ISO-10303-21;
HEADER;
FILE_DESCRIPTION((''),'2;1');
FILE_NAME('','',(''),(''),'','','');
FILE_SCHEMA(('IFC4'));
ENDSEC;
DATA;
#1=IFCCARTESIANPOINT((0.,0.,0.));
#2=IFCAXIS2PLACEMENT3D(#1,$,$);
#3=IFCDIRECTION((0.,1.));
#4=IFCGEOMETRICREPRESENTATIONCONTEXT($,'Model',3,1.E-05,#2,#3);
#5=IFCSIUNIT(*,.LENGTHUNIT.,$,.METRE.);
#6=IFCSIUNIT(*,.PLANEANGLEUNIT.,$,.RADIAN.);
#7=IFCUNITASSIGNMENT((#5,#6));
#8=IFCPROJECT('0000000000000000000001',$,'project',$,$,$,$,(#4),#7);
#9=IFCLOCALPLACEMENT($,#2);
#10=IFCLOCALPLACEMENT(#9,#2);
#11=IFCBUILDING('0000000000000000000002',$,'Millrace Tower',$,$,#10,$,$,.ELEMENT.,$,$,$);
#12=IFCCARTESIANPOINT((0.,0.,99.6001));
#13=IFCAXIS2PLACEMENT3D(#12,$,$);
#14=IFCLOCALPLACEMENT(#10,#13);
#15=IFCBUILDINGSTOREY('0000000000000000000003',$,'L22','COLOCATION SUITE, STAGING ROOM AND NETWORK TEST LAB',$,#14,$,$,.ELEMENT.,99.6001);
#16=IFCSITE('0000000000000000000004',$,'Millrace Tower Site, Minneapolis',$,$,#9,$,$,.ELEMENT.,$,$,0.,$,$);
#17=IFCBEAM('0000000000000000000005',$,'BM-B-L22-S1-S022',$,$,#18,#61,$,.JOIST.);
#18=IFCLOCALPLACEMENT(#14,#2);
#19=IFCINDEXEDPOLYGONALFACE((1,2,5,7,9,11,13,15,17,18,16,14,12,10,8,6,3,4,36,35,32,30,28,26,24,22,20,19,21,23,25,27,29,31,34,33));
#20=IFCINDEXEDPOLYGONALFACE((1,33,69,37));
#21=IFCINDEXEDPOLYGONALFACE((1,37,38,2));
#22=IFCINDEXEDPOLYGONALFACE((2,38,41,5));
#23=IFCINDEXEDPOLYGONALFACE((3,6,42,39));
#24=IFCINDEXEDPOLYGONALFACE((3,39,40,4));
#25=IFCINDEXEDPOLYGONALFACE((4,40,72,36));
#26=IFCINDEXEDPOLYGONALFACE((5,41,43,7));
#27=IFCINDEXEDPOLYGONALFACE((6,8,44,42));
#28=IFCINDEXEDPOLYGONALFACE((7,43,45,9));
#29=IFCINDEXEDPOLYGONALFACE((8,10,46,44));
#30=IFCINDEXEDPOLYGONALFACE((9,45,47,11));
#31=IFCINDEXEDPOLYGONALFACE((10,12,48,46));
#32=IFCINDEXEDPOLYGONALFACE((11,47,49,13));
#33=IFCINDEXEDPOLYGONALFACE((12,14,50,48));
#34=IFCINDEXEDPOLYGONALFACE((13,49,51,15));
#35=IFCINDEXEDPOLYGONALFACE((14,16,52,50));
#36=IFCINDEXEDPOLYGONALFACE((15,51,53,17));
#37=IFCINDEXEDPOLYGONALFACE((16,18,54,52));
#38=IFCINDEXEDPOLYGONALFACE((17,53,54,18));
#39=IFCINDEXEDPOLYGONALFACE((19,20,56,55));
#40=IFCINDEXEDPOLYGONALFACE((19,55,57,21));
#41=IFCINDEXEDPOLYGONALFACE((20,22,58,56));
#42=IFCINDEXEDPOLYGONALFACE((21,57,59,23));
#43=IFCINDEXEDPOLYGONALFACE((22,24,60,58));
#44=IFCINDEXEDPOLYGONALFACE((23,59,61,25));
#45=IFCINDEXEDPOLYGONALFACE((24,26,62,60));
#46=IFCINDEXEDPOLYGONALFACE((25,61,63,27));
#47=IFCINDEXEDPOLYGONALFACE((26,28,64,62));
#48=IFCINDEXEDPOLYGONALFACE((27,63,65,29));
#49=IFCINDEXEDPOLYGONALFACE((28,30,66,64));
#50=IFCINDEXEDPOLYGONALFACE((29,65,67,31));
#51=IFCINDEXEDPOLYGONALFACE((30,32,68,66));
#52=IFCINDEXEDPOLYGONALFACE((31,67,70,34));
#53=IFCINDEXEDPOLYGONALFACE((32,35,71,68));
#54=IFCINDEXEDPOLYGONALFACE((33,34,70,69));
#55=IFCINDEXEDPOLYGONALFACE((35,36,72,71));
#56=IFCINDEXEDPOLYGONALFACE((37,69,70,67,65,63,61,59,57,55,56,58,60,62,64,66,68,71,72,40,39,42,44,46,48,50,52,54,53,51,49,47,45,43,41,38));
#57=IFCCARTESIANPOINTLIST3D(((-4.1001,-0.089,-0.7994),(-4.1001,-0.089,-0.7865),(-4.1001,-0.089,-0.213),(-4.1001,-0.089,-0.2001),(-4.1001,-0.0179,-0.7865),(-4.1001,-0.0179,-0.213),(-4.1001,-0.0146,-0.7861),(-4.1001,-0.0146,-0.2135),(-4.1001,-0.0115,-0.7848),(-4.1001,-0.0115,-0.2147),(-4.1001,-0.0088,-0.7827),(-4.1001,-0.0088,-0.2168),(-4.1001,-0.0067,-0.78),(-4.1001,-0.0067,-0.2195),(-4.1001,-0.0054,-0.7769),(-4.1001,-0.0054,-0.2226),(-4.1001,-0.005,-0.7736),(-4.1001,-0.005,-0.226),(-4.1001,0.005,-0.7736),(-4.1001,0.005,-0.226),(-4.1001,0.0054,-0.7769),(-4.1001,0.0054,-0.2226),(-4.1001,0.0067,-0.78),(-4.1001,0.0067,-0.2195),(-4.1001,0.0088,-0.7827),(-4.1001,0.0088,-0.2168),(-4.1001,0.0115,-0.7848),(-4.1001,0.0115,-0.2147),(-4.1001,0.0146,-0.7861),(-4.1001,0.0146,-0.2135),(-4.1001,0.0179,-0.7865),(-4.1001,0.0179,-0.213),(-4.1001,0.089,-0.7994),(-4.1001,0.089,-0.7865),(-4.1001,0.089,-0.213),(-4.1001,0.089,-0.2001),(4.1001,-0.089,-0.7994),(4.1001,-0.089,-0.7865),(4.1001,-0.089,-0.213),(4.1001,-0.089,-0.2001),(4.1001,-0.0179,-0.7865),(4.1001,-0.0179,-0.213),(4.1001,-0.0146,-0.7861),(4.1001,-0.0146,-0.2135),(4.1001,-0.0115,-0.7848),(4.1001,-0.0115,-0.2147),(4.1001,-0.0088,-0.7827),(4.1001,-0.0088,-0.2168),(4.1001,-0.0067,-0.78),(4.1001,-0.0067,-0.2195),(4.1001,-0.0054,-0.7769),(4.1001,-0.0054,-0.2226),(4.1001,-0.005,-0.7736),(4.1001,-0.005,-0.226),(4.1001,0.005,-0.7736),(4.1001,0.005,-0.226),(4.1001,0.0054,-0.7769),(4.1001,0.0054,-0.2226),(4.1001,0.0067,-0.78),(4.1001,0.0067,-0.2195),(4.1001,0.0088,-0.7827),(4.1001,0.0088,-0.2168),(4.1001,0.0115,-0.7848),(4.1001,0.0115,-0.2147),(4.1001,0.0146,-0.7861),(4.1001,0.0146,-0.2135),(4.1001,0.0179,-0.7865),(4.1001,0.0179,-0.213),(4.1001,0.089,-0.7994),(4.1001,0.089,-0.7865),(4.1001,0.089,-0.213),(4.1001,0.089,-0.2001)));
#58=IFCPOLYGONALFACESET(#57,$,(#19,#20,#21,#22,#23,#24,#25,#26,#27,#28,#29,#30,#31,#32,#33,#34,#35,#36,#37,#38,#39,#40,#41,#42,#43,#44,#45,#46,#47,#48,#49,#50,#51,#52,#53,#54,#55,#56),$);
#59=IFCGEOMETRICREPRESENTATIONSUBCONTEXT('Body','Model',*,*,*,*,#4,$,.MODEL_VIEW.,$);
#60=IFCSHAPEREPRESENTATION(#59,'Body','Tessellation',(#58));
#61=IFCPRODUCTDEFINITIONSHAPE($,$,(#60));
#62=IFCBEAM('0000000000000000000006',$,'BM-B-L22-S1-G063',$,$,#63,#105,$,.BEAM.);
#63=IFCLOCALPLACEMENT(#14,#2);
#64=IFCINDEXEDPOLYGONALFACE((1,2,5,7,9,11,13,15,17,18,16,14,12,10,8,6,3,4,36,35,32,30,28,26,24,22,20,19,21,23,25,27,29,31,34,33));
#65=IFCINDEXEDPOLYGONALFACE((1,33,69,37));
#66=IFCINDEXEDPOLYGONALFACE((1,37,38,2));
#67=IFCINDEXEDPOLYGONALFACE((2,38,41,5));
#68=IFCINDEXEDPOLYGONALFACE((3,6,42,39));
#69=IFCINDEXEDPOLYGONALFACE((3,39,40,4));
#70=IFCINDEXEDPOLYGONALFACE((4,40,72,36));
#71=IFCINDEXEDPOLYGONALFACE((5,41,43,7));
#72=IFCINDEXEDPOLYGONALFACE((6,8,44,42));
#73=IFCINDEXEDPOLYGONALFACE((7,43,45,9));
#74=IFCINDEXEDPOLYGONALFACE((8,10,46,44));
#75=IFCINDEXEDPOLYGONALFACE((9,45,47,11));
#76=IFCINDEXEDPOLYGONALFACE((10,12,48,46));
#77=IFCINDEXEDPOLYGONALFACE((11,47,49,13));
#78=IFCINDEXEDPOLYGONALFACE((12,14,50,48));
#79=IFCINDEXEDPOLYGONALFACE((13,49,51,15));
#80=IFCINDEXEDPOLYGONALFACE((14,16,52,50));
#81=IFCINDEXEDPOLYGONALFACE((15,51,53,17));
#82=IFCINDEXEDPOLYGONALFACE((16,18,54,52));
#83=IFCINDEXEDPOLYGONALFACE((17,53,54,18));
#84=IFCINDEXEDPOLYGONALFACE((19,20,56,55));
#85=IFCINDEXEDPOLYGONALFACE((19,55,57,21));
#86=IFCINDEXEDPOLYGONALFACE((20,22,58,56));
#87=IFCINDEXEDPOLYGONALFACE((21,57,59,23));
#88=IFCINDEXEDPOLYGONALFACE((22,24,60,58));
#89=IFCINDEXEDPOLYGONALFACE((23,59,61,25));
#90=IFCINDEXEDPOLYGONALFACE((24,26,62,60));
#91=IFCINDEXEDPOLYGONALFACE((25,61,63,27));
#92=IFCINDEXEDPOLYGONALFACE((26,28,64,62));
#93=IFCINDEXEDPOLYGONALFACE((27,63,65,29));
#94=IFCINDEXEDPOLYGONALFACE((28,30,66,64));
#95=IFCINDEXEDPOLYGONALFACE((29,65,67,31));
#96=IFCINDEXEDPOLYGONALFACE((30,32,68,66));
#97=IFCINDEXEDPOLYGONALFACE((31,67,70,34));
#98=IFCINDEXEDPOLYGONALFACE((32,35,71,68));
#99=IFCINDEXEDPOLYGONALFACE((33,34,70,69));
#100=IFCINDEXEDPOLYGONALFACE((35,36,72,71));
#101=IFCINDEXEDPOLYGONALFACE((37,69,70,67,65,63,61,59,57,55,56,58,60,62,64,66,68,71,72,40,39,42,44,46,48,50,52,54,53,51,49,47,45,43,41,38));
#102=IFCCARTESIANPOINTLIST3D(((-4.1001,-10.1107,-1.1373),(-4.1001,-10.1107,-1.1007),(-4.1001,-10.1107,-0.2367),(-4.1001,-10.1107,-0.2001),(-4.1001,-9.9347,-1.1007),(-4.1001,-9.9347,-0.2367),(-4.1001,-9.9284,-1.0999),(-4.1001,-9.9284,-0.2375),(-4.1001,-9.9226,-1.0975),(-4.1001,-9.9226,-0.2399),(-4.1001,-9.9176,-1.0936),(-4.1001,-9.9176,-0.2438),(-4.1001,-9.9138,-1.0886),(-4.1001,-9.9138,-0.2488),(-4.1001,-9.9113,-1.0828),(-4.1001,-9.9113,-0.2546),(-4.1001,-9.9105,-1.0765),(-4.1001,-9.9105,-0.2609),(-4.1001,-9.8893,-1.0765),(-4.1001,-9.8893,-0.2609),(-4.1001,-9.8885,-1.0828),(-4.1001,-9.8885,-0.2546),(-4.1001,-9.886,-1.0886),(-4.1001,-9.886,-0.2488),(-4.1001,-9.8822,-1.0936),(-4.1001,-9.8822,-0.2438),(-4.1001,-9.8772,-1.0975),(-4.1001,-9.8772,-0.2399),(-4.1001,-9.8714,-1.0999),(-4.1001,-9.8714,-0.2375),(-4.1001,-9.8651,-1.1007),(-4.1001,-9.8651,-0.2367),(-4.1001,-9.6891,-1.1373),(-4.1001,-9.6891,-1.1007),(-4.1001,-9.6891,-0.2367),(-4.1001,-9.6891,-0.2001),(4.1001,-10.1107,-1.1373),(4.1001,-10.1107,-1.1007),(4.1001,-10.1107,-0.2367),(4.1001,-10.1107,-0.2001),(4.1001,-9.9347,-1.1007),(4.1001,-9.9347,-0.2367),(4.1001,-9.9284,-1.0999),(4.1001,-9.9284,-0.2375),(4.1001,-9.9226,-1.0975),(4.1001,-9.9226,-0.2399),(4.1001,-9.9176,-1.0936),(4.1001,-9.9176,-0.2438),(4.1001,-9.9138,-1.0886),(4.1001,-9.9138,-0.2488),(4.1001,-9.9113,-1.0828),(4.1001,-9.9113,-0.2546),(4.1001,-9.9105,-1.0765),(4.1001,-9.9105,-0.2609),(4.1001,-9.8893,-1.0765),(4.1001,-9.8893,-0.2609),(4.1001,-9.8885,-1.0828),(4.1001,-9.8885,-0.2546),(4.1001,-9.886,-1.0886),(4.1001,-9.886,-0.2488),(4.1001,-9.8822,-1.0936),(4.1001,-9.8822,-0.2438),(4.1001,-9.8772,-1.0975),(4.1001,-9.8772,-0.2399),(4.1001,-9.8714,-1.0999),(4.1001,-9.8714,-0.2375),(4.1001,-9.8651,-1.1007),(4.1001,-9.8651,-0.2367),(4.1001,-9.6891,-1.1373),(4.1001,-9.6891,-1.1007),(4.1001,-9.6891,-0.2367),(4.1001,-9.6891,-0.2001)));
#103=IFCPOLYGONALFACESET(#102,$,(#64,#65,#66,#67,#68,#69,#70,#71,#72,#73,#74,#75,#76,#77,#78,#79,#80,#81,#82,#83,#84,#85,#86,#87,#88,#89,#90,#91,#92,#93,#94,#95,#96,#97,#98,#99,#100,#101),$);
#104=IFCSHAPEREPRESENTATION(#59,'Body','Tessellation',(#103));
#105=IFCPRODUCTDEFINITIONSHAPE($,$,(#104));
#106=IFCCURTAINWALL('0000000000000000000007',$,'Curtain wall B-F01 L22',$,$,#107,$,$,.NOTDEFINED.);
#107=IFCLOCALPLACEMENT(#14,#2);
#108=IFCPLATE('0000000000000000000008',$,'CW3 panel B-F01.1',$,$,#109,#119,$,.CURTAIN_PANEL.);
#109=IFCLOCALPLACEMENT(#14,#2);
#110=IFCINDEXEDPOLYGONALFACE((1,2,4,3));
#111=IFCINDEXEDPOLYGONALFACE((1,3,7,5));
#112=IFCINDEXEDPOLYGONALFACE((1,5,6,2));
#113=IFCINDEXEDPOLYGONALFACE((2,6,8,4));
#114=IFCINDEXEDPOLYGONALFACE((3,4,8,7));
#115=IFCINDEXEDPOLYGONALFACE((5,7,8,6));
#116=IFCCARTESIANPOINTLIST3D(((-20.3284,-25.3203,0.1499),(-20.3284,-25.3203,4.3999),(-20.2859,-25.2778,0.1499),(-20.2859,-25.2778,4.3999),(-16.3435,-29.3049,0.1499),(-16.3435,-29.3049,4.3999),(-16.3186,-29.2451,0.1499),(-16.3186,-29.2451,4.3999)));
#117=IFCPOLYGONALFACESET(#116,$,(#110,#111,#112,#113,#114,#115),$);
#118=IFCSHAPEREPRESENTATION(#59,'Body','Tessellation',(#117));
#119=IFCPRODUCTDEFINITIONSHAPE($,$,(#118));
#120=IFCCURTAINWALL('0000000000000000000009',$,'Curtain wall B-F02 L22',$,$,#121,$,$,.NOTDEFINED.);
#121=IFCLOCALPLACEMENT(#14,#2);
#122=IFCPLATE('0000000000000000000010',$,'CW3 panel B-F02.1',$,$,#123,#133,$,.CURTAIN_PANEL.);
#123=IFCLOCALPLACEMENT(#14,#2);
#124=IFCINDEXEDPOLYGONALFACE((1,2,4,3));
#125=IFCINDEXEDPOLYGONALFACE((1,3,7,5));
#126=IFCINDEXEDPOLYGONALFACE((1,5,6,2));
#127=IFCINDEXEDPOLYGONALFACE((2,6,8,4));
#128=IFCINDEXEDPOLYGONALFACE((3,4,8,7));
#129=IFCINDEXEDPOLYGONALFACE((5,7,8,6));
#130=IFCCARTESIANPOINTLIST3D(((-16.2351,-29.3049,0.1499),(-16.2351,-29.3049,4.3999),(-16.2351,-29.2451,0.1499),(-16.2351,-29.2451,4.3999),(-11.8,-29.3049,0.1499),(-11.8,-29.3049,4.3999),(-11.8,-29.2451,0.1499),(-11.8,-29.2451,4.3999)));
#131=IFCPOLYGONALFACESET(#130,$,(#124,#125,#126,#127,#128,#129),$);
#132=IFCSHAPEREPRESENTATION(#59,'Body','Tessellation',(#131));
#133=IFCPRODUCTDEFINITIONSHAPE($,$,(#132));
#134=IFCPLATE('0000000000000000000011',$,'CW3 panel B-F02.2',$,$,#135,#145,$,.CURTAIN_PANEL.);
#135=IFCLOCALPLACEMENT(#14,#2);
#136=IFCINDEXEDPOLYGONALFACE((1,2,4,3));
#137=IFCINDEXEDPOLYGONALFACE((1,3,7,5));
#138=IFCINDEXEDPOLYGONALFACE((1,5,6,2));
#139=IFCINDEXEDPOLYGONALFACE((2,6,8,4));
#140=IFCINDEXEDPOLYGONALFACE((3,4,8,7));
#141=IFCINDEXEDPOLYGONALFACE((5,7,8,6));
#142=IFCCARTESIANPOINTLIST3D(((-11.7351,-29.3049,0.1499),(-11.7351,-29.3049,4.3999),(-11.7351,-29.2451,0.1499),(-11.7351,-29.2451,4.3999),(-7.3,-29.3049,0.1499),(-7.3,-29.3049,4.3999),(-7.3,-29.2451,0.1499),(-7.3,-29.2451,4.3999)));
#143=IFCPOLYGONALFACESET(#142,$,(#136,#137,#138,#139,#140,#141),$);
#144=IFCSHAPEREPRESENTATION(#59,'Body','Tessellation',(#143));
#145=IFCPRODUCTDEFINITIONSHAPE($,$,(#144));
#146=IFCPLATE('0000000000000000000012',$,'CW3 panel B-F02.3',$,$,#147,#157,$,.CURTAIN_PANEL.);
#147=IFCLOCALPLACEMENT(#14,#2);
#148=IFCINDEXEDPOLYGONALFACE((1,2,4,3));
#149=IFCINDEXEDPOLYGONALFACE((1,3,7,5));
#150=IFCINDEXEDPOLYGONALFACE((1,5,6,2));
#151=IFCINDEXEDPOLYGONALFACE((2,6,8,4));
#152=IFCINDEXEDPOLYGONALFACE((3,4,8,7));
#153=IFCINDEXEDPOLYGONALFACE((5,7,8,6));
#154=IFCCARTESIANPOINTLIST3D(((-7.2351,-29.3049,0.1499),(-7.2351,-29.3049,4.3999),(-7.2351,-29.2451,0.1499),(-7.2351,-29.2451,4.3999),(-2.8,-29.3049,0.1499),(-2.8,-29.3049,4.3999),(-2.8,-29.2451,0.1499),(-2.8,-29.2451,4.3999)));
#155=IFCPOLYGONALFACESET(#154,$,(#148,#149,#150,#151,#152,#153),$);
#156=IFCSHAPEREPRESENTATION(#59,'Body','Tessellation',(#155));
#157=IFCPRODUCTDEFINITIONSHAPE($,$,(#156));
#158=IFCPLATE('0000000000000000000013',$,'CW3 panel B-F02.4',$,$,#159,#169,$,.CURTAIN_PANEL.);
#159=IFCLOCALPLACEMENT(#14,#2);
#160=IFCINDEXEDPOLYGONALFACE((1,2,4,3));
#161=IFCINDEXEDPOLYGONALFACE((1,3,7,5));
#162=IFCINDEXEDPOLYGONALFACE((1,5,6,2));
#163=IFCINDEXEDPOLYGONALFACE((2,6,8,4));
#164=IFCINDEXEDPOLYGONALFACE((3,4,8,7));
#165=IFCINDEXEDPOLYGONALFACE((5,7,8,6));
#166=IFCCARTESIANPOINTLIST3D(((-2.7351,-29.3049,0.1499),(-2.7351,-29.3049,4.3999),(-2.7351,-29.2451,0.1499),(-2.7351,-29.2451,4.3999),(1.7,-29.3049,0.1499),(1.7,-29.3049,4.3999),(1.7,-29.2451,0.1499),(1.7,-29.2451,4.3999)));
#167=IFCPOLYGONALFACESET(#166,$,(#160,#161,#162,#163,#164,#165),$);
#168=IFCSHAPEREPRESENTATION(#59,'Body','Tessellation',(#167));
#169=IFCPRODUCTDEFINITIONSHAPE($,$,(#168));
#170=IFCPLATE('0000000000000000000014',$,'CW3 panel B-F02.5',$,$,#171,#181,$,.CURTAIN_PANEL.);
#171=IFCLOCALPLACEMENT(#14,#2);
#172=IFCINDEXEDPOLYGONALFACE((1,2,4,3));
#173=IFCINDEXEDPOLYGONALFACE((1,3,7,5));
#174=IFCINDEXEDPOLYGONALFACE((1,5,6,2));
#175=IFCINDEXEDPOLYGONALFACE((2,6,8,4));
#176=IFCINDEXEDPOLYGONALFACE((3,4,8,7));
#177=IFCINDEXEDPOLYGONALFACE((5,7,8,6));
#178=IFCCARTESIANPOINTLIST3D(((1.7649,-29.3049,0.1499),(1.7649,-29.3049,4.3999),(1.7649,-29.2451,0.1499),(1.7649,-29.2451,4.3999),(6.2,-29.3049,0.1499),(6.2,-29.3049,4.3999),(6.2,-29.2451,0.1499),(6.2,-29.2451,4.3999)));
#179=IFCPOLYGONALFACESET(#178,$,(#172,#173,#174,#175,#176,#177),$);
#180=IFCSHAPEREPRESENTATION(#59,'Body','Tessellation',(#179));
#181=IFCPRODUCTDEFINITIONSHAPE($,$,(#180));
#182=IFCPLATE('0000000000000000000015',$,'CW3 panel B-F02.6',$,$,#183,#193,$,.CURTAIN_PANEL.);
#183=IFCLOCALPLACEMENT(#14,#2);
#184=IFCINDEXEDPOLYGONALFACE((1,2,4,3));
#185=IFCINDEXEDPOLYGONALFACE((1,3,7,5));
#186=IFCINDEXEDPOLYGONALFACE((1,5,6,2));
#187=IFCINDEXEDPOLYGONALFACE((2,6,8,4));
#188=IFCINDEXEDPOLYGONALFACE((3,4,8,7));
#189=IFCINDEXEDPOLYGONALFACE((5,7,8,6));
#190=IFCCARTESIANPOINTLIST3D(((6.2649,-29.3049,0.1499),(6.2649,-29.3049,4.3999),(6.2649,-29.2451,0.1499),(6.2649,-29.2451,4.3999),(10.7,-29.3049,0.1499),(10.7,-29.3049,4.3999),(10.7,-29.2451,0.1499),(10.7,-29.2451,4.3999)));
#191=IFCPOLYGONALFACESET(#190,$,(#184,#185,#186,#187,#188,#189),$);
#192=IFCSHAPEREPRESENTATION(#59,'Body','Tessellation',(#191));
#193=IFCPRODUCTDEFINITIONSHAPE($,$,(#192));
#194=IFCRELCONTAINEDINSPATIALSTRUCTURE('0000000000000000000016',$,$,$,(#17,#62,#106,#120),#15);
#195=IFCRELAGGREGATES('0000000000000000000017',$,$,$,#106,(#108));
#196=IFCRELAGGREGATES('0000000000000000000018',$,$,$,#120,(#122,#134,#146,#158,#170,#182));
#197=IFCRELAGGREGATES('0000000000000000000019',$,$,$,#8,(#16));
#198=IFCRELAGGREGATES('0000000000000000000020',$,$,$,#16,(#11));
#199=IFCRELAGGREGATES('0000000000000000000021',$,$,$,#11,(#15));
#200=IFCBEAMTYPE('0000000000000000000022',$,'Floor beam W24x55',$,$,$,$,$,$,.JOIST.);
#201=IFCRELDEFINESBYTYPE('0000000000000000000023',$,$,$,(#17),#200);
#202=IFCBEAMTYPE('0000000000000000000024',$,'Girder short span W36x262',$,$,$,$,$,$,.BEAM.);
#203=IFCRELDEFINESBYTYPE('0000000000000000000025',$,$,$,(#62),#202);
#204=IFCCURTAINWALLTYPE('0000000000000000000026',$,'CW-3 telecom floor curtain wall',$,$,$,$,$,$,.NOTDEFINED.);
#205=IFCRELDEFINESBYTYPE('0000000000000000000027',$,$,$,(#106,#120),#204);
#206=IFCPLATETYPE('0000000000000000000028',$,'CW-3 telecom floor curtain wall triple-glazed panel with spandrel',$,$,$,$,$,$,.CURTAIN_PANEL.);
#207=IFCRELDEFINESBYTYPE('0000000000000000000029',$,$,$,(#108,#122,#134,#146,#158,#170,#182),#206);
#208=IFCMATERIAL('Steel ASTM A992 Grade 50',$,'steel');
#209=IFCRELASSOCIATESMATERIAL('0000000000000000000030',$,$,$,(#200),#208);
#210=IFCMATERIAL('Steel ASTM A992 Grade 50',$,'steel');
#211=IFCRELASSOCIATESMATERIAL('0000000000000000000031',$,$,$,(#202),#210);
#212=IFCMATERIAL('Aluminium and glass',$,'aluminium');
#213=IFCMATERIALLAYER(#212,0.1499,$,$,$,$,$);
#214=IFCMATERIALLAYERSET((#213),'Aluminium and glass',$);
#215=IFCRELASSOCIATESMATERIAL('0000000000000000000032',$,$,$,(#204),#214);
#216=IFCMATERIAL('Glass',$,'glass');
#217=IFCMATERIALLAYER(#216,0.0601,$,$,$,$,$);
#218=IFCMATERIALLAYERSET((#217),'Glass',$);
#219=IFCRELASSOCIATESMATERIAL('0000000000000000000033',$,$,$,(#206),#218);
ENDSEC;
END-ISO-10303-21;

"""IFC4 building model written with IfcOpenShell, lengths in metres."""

from ifc_helpers import new_model, si_unit, direction, frame, origin, origin_2d, place, context, subcontext, project, spatial, polyline, i_section, outline, extrude, material, layer, layer_set, material_profile, profile_set, type_object, element, aggregate, save


model = new_model("IFC4")

# Units and contexts
model_context = context("Model", 3, precision=1e-05, world=origin(), true_north=direction((0.0, 1.0)))
body_context = subcontext(model_context, "Body", "Model", "MODEL_VIEW")
ifc_project = project(units=[si_unit("LENGTHUNIT", "METRE"), si_unit("PLANEANGLEUNIT", "RADIAN")], contexts=[model_context])

# Site, building, storey
site_placement = place(None, origin())
site = spatial("IfcSite", under=ifc_project, at=site_placement, Name="Millrace Tower Site, Minneapolis", CompositionType="ELEMENT", RefElevation=0.0)
building_placement = place(site_placement, origin())
building = spatial("IfcBuilding", under=site, at=building_placement, Name="Millrace Tower", CompositionType="ELEMENT")
storey_placement = place(building_placement, frame((0.0, 0.0, 99.6001)))
storey = spatial("IfcBuildingStorey", under=building, at=storey_placement, Name="L22", Description="COLOCATION SUITE, STAGING ROOM AND NETWORK TEST LAB", CompositionType="ELEMENT", Elevation=99.6001)

# Beams
ifc_material_1 = material(Name="Steel ASTM A992 Grade 50", Category="steel")
ifc_material_profile_1 = material_profile(ifc_material_1, i_section(OverallWidth=0.178, OverallDepth=0.5994, WebThickness=0.01, FlangeThickness=0.0129, FilletRadius=0.0129, at=origin_2d()))
ifc_profile_set_1 = profile_set([ifc_material_profile_1], Name="Steel ASTM A992 Grade 50")
beam_type_1 = type_object("IfcBeamType", Name="Floor beam W24x55", PredefinedType="JOIST", material=ifc_profile_set_1)
for number, where, z_axis, x_axis, name in (
    (1, (-4.1001, 0.0, -0.4998), (1.0, 0.0, 0.0), (0.0, 1.0, 0.0), "BM-B-L22-S1-S022"),
):
    element("IfcBeam", number, at=place(storey_placement, frame(where, z_axis=z_axis, x_axis=x_axis)), inside=storey, type_object=beam_type_1, Name=name, PredefinedType="JOIST", context=body_context, shape_type="SweptSolid", body=[
        extrude(i_section(OverallWidth=0.178, OverallDepth=0.5994, WebThickness=0.01, FlangeThickness=0.0129, FilletRadius=0.0129, at=origin_2d()), origin(), (0.0, 0.0, 1.0), 8.2002),
    ])
ifc_material_2 = material(Name="Steel ASTM A992 Grade 50", Category="steel")
ifc_material_profile_2 = material_profile(ifc_material_2, i_section(OverallWidth=0.4216, OverallDepth=0.9373, WebThickness=0.0212, FlangeThickness=0.0366, FilletRadius=0.0242, at=origin_2d()))
ifc_profile_set_2 = profile_set([ifc_material_profile_2], Name="Steel ASTM A992 Grade 50")
beam_type_2 = type_object("IfcBeamType", Name="Girder short span W36x262", PredefinedType="BEAM", material=ifc_profile_set_2)
beam_1_placement = place(storey_placement, frame((-4.1001, -9.8999, -0.6687), z_axis=(1.0, 0.0, 0.0), x_axis=(0.0, 1.0, 0.0)))
element("IfcBeam", 2, at=beam_1_placement, inside=storey, type_object=beam_type_2, Name="BM-B-L22-S1-G063", PredefinedType="BEAM", context=body_context, shape_type="SweptSolid", body=[
    extrude(i_section(OverallWidth=0.4216, OverallDepth=0.9373, WebThickness=0.0212, FlangeThickness=0.0366, FilletRadius=0.0242, at=origin_2d()), origin(), (0.0, 0.0, 1.0), 8.2002),
])

# Curtain wall, plate
ifc_material_3 = material(Name="Aluminium and glass", Category="aluminium")
ifc_layer_1 = layer(ifc_material_3, 0.1499)
ifc_layer_set_1 = layer_set([ifc_layer_1], Name="Aluminium and glass")
curtain_wall_type = type_object("IfcCurtainWallType", Name="CW-3 telecom floor curtain wall", PredefinedType="NOTDEFINED", material=ifc_layer_set_1)
placement_1 = place(storey_placement, origin())
curtain_wall_1 = element("IfcCurtainWall", 3, at=placement_1, inside=storey, type_object=curtain_wall_type, Name="Curtain wall B-F01 L22", PredefinedType="NOTDEFINED")
ifc_material_4 = material(Name="Glass", Category="glass")
ifc_layer_2 = layer(ifc_material_4, 0.0601)
ifc_layer_set_2 = layer_set([ifc_layer_2], Name="Glass")
plate_type = type_object("IfcPlateType", Name="CW-3 telecom floor curtain wall triple-glazed panel with spandrel", PredefinedType="CURTAIN_PANEL", material=ifc_layer_set_2)
placement_2 = place(storey_placement, frame((0.0, 0.0, 0.1499)))
plate_1 = element("IfcPlate", 4, at=placement_2, type_object=plate_type, Name="CW3 panel B-F01.1", PredefinedType="CURTAIN_PANEL", context=body_context, shape_type="SweptSolid", body=[
    extrude(outline(polyline([(-20.3284, -25.3203), (-16.3435, -29.3049), (-16.3186, -29.2451), (-20.2859, -25.2778), (-20.3284, -25.3203)])), origin(), (0.0, 0.0, 1.0), 4.25),
])
aggregate(curtain_wall_1, [plate_1])

# Curtain wall, plates
curtain_wall_2 = element("IfcCurtainWall", 5, at=placement_1, inside=storey, type_object=curtain_wall_type, Name="Curtain wall B-F02 L22", PredefinedType="NOTDEFINED")
plate_2 = element("IfcPlate", 6, at=placement_2, type_object=plate_type, Name="CW3 panel B-F02.1", PredefinedType="CURTAIN_PANEL", context=body_context, shape_type="SweptSolid", body=[
    extrude(outline(polyline([(-16.2351, -29.3049), (-11.8, -29.3049), (-11.8, -29.2451), (-16.2351, -29.2451), (-16.2351, -29.3049)])), origin(), (0.0, 0.0, 1.0), 4.25),
])
plate_3 = element("IfcPlate", 7, at=placement_2, type_object=plate_type, Name="CW3 panel B-F02.2", PredefinedType="CURTAIN_PANEL", context=body_context, shape_type="SweptSolid", body=[
    extrude(outline(polyline([(-11.7351, -29.3049), (-7.3, -29.3049), (-7.3, -29.2451), (-11.7351, -29.2451), (-11.7351, -29.3049)])), origin(), (0.0, 0.0, 1.0), 4.25),
])
plate_4 = element("IfcPlate", 8, at=placement_2, type_object=plate_type, Name="CW3 panel B-F02.3", PredefinedType="CURTAIN_PANEL", context=body_context, shape_type="SweptSolid", body=[
    extrude(outline(polyline([(-7.2351, -29.3049), (-2.8, -29.3049), (-2.8, -29.2451), (-7.2351, -29.2451), (-7.2351, -29.3049)])), origin(), (0.0, 0.0, 1.0), 4.25),
])
plate_5 = element("IfcPlate", 9, at=placement_2, type_object=plate_type, Name="CW3 panel B-F02.4", PredefinedType="CURTAIN_PANEL", context=body_context, shape_type="SweptSolid", body=[
    extrude(outline(polyline([(-2.7351, -29.3049), (1.7, -29.3049), (1.7, -29.2451), (-2.7351, -29.2451), (-2.7351, -29.3049)])), origin(), (0.0, 0.0, 1.0), 4.25),
])
plate_6 = element("IfcPlate", 10, at=placement_2, type_object=plate_type, Name="CW3 panel B-F02.5", PredefinedType="CURTAIN_PANEL", context=body_context, shape_type="SweptSolid", body=[
    extrude(outline(polyline([(1.7649, -29.3049), (6.2, -29.3049), (6.2, -29.2451), (1.7649, -29.2451), (1.7649, -29.3049)])), origin(), (0.0, 0.0, 1.0), 4.25),
])
plate_7 = element("IfcPlate", 11, at=placement_2, type_object=plate_type, Name="CW3 panel B-F02.6", PredefinedType="CURTAIN_PANEL", context=body_context, shape_type="SweptSolid", body=[
    extrude(outline(polyline([(6.2649, -29.3049), (10.7, -29.3049), (10.7, -29.2451), (6.2649, -29.2451), (6.2649, -29.3049)])), origin(), (0.0, 0.0, 1.0), 4.25),
])
aggregate(curtain_wall_2, [plate_2, plate_3, plate_4, plate_5, plate_6, plate_7])

save(model, "model.ifc")
